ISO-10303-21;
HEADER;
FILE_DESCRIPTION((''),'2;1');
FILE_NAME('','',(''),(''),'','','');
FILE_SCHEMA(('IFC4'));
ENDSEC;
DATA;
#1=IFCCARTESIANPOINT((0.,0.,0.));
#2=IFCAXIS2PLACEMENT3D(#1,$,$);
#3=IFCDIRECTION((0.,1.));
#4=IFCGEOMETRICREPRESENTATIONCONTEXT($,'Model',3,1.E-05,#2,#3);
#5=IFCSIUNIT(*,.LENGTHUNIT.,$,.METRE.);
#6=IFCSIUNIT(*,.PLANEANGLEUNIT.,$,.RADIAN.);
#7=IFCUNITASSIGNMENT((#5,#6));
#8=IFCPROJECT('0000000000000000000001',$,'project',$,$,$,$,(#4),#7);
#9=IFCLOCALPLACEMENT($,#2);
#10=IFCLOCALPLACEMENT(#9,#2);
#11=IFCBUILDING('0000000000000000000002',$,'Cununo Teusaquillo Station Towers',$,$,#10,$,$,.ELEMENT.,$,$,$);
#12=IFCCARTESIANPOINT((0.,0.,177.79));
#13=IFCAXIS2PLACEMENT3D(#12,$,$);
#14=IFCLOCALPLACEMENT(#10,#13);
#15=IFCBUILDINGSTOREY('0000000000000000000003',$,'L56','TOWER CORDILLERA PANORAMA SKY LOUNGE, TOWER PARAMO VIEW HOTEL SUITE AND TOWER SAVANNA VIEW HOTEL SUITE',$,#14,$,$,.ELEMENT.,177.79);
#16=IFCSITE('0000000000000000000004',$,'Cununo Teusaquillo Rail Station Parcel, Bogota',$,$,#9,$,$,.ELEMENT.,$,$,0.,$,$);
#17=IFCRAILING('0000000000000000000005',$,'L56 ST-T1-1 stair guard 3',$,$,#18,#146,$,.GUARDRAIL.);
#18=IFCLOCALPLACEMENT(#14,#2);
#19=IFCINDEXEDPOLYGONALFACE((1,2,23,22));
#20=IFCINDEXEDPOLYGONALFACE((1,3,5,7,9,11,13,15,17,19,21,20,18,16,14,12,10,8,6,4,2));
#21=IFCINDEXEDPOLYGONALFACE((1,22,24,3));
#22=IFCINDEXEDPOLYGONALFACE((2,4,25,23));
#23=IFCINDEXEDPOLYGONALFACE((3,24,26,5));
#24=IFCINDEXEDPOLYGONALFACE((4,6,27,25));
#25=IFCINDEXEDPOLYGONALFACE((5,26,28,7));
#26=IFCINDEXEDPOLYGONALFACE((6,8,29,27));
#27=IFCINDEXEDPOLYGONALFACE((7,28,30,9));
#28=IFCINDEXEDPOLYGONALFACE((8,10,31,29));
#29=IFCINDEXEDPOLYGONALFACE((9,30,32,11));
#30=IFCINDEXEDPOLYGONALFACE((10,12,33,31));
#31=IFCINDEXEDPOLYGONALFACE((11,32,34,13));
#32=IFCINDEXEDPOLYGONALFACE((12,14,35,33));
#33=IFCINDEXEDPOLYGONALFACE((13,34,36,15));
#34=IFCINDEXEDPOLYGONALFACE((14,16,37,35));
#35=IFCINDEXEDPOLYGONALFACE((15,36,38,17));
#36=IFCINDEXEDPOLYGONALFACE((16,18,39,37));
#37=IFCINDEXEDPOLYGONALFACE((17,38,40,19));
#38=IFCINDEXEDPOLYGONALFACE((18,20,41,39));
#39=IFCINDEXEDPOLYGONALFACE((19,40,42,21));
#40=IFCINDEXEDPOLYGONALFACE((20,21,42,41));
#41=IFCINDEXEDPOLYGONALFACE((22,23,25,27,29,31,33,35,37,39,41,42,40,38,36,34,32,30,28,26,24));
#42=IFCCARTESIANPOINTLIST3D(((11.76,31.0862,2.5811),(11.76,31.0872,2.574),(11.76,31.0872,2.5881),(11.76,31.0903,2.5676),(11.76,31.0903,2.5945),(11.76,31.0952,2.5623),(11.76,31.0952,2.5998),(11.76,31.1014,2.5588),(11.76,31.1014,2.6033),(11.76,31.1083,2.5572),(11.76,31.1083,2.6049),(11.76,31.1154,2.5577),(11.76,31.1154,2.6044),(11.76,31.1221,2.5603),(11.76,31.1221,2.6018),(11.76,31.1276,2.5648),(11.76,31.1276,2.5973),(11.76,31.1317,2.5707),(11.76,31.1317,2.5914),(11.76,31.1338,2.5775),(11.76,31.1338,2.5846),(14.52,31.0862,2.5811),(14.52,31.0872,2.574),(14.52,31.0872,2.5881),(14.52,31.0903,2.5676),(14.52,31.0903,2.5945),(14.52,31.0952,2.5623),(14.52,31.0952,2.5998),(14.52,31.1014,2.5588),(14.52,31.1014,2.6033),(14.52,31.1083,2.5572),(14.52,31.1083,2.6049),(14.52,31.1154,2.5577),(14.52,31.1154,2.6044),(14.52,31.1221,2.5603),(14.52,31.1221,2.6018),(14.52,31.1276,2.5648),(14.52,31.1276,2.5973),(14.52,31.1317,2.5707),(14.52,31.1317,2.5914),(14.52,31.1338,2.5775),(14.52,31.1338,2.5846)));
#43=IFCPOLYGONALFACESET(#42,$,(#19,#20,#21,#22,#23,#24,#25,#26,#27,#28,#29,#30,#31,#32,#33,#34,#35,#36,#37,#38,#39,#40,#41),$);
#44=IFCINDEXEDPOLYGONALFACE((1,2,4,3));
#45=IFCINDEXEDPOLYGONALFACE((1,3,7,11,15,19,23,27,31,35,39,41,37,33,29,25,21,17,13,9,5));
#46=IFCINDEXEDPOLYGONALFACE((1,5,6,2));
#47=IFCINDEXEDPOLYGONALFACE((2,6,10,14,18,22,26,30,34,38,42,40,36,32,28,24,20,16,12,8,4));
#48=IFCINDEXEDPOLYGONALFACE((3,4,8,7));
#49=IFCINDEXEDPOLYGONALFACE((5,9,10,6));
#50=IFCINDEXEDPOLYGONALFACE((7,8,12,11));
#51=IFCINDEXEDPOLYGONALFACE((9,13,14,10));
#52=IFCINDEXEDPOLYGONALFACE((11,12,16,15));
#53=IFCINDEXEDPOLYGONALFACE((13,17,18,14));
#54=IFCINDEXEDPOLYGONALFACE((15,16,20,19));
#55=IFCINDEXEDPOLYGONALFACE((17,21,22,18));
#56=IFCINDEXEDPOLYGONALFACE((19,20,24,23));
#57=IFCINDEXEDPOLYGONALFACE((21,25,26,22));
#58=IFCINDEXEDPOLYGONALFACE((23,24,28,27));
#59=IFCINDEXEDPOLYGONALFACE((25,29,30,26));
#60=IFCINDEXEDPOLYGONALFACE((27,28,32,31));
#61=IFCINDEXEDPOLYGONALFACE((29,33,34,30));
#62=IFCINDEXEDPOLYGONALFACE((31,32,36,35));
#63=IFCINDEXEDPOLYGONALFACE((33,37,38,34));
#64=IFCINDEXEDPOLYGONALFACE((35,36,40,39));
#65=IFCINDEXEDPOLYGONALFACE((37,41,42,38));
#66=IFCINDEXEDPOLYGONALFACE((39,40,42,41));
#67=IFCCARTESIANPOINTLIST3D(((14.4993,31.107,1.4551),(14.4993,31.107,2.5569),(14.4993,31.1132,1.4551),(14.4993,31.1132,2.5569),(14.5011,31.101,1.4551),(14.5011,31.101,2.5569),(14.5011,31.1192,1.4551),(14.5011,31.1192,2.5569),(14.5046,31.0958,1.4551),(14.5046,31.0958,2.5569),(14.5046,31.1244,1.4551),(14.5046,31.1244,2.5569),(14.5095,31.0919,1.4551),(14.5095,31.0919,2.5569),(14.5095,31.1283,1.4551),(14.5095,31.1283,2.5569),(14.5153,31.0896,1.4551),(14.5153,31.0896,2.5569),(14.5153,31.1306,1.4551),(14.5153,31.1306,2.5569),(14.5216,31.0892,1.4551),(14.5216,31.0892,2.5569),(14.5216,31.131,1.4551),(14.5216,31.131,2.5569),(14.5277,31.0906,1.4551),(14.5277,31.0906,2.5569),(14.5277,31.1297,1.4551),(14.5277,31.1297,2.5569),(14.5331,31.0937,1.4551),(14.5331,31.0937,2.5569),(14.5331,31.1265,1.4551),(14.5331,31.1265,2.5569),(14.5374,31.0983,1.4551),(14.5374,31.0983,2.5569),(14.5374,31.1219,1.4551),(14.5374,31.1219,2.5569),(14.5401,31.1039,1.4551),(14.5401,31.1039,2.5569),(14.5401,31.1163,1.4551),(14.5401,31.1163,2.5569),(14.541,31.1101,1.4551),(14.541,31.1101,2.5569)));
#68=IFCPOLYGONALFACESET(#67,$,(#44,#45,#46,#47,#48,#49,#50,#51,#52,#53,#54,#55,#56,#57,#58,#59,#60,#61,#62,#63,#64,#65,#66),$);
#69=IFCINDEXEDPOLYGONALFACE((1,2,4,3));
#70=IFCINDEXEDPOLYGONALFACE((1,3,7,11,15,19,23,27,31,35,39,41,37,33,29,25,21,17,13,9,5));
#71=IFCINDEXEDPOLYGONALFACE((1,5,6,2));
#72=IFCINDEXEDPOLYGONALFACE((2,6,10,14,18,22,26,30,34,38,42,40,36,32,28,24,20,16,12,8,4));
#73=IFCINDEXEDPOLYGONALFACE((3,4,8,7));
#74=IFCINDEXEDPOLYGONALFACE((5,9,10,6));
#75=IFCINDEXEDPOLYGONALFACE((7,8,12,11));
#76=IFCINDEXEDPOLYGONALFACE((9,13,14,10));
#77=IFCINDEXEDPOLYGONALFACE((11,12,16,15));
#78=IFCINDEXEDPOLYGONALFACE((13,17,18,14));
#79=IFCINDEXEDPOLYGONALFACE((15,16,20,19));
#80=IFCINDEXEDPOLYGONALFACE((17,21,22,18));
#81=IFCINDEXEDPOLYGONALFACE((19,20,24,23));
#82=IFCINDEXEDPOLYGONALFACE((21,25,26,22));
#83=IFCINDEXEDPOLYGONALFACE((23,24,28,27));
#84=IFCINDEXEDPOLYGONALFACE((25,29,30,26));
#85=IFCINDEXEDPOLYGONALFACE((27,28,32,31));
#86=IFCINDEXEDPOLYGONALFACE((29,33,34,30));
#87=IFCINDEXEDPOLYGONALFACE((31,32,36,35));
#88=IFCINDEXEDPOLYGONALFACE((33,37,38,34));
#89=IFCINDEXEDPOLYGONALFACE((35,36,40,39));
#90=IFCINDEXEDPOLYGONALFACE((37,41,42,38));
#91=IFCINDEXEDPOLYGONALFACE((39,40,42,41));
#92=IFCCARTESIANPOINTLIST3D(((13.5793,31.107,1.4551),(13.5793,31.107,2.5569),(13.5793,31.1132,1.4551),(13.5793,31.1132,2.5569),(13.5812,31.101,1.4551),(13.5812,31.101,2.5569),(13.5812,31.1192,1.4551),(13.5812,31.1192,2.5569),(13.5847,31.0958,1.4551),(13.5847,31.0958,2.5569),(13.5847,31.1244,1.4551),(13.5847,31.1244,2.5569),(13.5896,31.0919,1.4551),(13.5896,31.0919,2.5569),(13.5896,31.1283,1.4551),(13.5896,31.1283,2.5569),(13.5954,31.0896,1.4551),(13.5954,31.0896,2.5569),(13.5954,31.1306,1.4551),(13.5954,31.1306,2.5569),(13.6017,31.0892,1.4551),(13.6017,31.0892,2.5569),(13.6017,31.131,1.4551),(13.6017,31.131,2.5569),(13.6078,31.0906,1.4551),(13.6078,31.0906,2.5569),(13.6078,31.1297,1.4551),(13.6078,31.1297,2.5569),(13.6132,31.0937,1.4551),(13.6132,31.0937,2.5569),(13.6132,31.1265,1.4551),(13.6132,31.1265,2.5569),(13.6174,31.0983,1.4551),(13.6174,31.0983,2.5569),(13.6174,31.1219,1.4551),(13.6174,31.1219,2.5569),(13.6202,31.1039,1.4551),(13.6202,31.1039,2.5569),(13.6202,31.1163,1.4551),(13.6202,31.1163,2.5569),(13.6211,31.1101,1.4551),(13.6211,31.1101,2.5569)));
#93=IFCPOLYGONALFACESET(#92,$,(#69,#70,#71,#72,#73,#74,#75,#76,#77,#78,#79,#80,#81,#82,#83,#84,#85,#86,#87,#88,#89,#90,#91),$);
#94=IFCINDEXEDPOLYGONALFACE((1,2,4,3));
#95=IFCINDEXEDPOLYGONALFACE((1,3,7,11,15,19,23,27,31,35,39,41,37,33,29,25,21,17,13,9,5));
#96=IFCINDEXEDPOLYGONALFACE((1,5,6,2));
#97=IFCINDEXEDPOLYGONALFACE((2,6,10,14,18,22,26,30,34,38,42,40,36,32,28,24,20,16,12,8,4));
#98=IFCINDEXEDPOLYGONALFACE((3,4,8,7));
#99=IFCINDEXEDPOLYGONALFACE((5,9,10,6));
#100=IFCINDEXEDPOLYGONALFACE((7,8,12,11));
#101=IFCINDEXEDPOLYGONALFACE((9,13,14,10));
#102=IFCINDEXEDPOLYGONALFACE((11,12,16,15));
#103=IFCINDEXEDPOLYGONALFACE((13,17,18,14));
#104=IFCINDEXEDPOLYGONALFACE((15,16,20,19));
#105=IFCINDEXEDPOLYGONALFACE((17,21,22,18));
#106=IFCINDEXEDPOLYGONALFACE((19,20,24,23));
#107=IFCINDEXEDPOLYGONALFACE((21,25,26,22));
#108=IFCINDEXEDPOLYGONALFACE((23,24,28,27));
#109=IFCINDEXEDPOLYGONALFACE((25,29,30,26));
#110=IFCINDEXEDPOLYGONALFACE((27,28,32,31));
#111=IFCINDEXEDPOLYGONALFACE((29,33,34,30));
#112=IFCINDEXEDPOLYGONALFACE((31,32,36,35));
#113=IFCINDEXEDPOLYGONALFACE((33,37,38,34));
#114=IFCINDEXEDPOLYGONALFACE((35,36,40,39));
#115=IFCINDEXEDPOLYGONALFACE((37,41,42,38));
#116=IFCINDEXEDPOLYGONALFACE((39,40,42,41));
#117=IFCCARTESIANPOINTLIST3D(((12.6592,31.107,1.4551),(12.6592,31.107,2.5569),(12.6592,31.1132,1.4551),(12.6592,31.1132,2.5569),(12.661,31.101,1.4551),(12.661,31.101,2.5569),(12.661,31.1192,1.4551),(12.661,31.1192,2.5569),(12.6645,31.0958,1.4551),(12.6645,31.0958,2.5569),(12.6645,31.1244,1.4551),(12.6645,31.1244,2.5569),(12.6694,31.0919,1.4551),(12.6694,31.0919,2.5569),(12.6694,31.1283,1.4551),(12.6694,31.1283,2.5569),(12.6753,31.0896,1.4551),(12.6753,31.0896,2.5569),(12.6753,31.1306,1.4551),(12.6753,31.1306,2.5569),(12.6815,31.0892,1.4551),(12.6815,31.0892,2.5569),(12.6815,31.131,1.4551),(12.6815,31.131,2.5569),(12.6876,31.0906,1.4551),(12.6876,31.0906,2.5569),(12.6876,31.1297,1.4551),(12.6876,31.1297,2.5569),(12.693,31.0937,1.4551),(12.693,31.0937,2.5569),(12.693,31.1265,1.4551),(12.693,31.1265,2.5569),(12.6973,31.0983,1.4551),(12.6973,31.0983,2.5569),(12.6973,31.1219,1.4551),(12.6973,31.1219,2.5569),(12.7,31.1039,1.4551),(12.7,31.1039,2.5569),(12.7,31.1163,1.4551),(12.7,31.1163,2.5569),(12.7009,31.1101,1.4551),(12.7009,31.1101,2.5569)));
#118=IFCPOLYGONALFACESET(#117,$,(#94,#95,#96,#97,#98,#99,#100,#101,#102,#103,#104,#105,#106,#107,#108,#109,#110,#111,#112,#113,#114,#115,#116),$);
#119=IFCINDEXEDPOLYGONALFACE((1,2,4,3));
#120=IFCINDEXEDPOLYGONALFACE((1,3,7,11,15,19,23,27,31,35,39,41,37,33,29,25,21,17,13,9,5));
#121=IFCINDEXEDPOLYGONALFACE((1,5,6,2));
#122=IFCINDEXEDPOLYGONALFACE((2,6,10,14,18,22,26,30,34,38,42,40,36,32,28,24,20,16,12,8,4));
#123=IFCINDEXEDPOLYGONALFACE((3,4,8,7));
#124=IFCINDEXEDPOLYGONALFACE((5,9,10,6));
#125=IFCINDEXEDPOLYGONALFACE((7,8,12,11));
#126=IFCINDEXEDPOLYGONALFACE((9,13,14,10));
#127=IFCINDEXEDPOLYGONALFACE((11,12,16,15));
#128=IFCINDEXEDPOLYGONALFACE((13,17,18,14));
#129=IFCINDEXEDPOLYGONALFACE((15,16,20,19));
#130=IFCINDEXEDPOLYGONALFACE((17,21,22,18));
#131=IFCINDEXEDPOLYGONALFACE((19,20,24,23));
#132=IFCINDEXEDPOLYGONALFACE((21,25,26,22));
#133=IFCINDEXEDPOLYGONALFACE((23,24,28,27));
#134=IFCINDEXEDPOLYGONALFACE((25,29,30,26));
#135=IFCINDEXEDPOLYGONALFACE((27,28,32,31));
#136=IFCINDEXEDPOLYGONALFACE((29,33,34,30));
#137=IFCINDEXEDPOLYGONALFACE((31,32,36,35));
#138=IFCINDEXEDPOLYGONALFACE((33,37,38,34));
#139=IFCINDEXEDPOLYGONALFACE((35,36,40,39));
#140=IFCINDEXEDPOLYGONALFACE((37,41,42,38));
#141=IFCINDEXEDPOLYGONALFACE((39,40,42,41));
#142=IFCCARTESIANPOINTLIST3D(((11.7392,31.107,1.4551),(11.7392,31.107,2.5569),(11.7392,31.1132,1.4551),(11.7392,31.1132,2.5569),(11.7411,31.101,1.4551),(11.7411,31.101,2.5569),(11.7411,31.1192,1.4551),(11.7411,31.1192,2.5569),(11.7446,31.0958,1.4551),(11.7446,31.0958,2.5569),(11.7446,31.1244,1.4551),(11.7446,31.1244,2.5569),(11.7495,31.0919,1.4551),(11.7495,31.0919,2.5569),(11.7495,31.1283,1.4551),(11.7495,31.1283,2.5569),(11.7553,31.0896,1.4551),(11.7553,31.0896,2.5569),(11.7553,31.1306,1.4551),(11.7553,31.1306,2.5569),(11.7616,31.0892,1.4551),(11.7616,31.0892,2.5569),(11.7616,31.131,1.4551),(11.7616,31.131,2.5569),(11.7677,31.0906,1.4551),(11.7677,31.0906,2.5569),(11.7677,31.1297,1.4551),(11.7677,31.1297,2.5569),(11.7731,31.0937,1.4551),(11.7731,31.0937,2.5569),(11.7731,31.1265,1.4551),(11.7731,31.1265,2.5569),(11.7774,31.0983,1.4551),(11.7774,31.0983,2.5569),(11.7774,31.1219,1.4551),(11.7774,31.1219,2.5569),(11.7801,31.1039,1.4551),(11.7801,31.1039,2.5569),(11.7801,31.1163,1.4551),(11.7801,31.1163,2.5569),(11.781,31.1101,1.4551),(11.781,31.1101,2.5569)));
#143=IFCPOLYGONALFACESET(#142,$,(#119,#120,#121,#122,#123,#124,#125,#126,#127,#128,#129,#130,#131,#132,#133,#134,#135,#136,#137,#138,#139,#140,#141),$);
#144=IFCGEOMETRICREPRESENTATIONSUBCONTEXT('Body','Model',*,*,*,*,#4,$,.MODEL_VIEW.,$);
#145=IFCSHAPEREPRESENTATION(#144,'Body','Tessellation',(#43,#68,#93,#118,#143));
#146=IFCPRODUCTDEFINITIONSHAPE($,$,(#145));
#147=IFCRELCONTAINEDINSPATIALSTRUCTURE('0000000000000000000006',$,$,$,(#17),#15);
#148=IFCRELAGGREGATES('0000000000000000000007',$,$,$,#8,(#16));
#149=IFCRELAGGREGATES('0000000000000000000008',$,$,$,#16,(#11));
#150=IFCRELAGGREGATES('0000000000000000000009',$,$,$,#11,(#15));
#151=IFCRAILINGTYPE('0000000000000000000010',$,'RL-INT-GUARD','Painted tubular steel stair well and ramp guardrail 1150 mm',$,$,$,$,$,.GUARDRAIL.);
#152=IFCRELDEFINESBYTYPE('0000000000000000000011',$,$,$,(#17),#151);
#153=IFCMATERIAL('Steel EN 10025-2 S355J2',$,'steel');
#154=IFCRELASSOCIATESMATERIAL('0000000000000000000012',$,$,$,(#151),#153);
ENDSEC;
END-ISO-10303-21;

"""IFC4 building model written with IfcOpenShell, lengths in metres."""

from ifc_helpers import new_model, si_unit, direction, frame, origin, origin_2d, place, context, subcontext, project, spatial, circle, extrude, material, type_object, element, save


model = new_model("IFC4")

# Units and contexts
model_context = context("Model", 3, precision=1e-05, world=origin(), true_north=direction((0.0, 1.0)))
body_context = subcontext(model_context, "Body", "Model", "MODEL_VIEW")
ifc_project = project(units=[si_unit("LENGTHUNIT", "METRE"), si_unit("PLANEANGLEUNIT", "RADIAN")], contexts=[model_context])

# Site, building, storey
site_placement = place(None, origin())
site = spatial("IfcSite", under=ifc_project, at=site_placement, Name="Cununo Teusaquillo Rail Station Parcel, Bogota", CompositionType="ELEMENT", RefElevation=0.0)
building_placement = place(site_placement, origin())
building = spatial("IfcBuilding", under=site, at=building_placement, Name="Cununo Teusaquillo Station Towers", CompositionType="ELEMENT")
storey_placement = place(building_placement, frame((0.0, 0.0, 177.79)))
storey = spatial("IfcBuildingStorey", under=building, at=storey_placement, Name="L56", Description="TOWER CORDILLERA PANORAMA SKY LOUNGE, TOWER PARAMO VIEW HOTEL SUITE AND TOWER SAVANNA VIEW HOTEL SUITE", CompositionType="ELEMENT", Elevation=177.79)

# Railing
ifc_material_1 = material(Name="Steel EN 10025-2 S355J2", Category="steel")
railing_type_1 = type_object("IfcRailingType", Name="RL-INT-GUARD", Description="Painted tubular steel stair well and ramp guardrail 1150 mm", PredefinedType="GUARDRAIL", material=ifc_material_1)
railing_1_placement = place(storey_placement, frame((14.52, 31.1101, 1.4551)))
element("IfcRailing", 1, at=railing_1_placement, inside=storey, type_object=railing_type_1, Name="L56 ST-T1-1 stair guard 3", PredefinedType="GUARDRAIL", context=body_context, shape_type="SweptSolid", body=[
    extrude(circle(Radius=0.0239, at=origin_2d()), frame((0.0, 0.0, 1.126), z_axis=(-1.0, 0.0, 0.0), x_axis=(0.0, -1.0, 0.0)), (0.0, 0.0, 1.0), 2.76),
    extrude(circle(Radius=0.021, at=origin_2d()), origin(), (0.0, 0.0, 1.0), 1.1018),
    extrude(circle(Radius=0.021, at=origin_2d()), frame((-0.9199, 0.0, 0.0)), (0.0, 0.0, 1.0), 1.1018),
    extrude(circle(Radius=0.021, at=origin_2d()), frame((-1.8401, 0.0, 0.0)), (0.0, 0.0, 1.0), 1.1018),
    extrude(circle(Radius=0.021, at=origin_2d()), frame((-2.76, 0.0, 0.0)), (0.0, 0.0, 1.0), 1.1018),
])

save(model, "model.ifc")
